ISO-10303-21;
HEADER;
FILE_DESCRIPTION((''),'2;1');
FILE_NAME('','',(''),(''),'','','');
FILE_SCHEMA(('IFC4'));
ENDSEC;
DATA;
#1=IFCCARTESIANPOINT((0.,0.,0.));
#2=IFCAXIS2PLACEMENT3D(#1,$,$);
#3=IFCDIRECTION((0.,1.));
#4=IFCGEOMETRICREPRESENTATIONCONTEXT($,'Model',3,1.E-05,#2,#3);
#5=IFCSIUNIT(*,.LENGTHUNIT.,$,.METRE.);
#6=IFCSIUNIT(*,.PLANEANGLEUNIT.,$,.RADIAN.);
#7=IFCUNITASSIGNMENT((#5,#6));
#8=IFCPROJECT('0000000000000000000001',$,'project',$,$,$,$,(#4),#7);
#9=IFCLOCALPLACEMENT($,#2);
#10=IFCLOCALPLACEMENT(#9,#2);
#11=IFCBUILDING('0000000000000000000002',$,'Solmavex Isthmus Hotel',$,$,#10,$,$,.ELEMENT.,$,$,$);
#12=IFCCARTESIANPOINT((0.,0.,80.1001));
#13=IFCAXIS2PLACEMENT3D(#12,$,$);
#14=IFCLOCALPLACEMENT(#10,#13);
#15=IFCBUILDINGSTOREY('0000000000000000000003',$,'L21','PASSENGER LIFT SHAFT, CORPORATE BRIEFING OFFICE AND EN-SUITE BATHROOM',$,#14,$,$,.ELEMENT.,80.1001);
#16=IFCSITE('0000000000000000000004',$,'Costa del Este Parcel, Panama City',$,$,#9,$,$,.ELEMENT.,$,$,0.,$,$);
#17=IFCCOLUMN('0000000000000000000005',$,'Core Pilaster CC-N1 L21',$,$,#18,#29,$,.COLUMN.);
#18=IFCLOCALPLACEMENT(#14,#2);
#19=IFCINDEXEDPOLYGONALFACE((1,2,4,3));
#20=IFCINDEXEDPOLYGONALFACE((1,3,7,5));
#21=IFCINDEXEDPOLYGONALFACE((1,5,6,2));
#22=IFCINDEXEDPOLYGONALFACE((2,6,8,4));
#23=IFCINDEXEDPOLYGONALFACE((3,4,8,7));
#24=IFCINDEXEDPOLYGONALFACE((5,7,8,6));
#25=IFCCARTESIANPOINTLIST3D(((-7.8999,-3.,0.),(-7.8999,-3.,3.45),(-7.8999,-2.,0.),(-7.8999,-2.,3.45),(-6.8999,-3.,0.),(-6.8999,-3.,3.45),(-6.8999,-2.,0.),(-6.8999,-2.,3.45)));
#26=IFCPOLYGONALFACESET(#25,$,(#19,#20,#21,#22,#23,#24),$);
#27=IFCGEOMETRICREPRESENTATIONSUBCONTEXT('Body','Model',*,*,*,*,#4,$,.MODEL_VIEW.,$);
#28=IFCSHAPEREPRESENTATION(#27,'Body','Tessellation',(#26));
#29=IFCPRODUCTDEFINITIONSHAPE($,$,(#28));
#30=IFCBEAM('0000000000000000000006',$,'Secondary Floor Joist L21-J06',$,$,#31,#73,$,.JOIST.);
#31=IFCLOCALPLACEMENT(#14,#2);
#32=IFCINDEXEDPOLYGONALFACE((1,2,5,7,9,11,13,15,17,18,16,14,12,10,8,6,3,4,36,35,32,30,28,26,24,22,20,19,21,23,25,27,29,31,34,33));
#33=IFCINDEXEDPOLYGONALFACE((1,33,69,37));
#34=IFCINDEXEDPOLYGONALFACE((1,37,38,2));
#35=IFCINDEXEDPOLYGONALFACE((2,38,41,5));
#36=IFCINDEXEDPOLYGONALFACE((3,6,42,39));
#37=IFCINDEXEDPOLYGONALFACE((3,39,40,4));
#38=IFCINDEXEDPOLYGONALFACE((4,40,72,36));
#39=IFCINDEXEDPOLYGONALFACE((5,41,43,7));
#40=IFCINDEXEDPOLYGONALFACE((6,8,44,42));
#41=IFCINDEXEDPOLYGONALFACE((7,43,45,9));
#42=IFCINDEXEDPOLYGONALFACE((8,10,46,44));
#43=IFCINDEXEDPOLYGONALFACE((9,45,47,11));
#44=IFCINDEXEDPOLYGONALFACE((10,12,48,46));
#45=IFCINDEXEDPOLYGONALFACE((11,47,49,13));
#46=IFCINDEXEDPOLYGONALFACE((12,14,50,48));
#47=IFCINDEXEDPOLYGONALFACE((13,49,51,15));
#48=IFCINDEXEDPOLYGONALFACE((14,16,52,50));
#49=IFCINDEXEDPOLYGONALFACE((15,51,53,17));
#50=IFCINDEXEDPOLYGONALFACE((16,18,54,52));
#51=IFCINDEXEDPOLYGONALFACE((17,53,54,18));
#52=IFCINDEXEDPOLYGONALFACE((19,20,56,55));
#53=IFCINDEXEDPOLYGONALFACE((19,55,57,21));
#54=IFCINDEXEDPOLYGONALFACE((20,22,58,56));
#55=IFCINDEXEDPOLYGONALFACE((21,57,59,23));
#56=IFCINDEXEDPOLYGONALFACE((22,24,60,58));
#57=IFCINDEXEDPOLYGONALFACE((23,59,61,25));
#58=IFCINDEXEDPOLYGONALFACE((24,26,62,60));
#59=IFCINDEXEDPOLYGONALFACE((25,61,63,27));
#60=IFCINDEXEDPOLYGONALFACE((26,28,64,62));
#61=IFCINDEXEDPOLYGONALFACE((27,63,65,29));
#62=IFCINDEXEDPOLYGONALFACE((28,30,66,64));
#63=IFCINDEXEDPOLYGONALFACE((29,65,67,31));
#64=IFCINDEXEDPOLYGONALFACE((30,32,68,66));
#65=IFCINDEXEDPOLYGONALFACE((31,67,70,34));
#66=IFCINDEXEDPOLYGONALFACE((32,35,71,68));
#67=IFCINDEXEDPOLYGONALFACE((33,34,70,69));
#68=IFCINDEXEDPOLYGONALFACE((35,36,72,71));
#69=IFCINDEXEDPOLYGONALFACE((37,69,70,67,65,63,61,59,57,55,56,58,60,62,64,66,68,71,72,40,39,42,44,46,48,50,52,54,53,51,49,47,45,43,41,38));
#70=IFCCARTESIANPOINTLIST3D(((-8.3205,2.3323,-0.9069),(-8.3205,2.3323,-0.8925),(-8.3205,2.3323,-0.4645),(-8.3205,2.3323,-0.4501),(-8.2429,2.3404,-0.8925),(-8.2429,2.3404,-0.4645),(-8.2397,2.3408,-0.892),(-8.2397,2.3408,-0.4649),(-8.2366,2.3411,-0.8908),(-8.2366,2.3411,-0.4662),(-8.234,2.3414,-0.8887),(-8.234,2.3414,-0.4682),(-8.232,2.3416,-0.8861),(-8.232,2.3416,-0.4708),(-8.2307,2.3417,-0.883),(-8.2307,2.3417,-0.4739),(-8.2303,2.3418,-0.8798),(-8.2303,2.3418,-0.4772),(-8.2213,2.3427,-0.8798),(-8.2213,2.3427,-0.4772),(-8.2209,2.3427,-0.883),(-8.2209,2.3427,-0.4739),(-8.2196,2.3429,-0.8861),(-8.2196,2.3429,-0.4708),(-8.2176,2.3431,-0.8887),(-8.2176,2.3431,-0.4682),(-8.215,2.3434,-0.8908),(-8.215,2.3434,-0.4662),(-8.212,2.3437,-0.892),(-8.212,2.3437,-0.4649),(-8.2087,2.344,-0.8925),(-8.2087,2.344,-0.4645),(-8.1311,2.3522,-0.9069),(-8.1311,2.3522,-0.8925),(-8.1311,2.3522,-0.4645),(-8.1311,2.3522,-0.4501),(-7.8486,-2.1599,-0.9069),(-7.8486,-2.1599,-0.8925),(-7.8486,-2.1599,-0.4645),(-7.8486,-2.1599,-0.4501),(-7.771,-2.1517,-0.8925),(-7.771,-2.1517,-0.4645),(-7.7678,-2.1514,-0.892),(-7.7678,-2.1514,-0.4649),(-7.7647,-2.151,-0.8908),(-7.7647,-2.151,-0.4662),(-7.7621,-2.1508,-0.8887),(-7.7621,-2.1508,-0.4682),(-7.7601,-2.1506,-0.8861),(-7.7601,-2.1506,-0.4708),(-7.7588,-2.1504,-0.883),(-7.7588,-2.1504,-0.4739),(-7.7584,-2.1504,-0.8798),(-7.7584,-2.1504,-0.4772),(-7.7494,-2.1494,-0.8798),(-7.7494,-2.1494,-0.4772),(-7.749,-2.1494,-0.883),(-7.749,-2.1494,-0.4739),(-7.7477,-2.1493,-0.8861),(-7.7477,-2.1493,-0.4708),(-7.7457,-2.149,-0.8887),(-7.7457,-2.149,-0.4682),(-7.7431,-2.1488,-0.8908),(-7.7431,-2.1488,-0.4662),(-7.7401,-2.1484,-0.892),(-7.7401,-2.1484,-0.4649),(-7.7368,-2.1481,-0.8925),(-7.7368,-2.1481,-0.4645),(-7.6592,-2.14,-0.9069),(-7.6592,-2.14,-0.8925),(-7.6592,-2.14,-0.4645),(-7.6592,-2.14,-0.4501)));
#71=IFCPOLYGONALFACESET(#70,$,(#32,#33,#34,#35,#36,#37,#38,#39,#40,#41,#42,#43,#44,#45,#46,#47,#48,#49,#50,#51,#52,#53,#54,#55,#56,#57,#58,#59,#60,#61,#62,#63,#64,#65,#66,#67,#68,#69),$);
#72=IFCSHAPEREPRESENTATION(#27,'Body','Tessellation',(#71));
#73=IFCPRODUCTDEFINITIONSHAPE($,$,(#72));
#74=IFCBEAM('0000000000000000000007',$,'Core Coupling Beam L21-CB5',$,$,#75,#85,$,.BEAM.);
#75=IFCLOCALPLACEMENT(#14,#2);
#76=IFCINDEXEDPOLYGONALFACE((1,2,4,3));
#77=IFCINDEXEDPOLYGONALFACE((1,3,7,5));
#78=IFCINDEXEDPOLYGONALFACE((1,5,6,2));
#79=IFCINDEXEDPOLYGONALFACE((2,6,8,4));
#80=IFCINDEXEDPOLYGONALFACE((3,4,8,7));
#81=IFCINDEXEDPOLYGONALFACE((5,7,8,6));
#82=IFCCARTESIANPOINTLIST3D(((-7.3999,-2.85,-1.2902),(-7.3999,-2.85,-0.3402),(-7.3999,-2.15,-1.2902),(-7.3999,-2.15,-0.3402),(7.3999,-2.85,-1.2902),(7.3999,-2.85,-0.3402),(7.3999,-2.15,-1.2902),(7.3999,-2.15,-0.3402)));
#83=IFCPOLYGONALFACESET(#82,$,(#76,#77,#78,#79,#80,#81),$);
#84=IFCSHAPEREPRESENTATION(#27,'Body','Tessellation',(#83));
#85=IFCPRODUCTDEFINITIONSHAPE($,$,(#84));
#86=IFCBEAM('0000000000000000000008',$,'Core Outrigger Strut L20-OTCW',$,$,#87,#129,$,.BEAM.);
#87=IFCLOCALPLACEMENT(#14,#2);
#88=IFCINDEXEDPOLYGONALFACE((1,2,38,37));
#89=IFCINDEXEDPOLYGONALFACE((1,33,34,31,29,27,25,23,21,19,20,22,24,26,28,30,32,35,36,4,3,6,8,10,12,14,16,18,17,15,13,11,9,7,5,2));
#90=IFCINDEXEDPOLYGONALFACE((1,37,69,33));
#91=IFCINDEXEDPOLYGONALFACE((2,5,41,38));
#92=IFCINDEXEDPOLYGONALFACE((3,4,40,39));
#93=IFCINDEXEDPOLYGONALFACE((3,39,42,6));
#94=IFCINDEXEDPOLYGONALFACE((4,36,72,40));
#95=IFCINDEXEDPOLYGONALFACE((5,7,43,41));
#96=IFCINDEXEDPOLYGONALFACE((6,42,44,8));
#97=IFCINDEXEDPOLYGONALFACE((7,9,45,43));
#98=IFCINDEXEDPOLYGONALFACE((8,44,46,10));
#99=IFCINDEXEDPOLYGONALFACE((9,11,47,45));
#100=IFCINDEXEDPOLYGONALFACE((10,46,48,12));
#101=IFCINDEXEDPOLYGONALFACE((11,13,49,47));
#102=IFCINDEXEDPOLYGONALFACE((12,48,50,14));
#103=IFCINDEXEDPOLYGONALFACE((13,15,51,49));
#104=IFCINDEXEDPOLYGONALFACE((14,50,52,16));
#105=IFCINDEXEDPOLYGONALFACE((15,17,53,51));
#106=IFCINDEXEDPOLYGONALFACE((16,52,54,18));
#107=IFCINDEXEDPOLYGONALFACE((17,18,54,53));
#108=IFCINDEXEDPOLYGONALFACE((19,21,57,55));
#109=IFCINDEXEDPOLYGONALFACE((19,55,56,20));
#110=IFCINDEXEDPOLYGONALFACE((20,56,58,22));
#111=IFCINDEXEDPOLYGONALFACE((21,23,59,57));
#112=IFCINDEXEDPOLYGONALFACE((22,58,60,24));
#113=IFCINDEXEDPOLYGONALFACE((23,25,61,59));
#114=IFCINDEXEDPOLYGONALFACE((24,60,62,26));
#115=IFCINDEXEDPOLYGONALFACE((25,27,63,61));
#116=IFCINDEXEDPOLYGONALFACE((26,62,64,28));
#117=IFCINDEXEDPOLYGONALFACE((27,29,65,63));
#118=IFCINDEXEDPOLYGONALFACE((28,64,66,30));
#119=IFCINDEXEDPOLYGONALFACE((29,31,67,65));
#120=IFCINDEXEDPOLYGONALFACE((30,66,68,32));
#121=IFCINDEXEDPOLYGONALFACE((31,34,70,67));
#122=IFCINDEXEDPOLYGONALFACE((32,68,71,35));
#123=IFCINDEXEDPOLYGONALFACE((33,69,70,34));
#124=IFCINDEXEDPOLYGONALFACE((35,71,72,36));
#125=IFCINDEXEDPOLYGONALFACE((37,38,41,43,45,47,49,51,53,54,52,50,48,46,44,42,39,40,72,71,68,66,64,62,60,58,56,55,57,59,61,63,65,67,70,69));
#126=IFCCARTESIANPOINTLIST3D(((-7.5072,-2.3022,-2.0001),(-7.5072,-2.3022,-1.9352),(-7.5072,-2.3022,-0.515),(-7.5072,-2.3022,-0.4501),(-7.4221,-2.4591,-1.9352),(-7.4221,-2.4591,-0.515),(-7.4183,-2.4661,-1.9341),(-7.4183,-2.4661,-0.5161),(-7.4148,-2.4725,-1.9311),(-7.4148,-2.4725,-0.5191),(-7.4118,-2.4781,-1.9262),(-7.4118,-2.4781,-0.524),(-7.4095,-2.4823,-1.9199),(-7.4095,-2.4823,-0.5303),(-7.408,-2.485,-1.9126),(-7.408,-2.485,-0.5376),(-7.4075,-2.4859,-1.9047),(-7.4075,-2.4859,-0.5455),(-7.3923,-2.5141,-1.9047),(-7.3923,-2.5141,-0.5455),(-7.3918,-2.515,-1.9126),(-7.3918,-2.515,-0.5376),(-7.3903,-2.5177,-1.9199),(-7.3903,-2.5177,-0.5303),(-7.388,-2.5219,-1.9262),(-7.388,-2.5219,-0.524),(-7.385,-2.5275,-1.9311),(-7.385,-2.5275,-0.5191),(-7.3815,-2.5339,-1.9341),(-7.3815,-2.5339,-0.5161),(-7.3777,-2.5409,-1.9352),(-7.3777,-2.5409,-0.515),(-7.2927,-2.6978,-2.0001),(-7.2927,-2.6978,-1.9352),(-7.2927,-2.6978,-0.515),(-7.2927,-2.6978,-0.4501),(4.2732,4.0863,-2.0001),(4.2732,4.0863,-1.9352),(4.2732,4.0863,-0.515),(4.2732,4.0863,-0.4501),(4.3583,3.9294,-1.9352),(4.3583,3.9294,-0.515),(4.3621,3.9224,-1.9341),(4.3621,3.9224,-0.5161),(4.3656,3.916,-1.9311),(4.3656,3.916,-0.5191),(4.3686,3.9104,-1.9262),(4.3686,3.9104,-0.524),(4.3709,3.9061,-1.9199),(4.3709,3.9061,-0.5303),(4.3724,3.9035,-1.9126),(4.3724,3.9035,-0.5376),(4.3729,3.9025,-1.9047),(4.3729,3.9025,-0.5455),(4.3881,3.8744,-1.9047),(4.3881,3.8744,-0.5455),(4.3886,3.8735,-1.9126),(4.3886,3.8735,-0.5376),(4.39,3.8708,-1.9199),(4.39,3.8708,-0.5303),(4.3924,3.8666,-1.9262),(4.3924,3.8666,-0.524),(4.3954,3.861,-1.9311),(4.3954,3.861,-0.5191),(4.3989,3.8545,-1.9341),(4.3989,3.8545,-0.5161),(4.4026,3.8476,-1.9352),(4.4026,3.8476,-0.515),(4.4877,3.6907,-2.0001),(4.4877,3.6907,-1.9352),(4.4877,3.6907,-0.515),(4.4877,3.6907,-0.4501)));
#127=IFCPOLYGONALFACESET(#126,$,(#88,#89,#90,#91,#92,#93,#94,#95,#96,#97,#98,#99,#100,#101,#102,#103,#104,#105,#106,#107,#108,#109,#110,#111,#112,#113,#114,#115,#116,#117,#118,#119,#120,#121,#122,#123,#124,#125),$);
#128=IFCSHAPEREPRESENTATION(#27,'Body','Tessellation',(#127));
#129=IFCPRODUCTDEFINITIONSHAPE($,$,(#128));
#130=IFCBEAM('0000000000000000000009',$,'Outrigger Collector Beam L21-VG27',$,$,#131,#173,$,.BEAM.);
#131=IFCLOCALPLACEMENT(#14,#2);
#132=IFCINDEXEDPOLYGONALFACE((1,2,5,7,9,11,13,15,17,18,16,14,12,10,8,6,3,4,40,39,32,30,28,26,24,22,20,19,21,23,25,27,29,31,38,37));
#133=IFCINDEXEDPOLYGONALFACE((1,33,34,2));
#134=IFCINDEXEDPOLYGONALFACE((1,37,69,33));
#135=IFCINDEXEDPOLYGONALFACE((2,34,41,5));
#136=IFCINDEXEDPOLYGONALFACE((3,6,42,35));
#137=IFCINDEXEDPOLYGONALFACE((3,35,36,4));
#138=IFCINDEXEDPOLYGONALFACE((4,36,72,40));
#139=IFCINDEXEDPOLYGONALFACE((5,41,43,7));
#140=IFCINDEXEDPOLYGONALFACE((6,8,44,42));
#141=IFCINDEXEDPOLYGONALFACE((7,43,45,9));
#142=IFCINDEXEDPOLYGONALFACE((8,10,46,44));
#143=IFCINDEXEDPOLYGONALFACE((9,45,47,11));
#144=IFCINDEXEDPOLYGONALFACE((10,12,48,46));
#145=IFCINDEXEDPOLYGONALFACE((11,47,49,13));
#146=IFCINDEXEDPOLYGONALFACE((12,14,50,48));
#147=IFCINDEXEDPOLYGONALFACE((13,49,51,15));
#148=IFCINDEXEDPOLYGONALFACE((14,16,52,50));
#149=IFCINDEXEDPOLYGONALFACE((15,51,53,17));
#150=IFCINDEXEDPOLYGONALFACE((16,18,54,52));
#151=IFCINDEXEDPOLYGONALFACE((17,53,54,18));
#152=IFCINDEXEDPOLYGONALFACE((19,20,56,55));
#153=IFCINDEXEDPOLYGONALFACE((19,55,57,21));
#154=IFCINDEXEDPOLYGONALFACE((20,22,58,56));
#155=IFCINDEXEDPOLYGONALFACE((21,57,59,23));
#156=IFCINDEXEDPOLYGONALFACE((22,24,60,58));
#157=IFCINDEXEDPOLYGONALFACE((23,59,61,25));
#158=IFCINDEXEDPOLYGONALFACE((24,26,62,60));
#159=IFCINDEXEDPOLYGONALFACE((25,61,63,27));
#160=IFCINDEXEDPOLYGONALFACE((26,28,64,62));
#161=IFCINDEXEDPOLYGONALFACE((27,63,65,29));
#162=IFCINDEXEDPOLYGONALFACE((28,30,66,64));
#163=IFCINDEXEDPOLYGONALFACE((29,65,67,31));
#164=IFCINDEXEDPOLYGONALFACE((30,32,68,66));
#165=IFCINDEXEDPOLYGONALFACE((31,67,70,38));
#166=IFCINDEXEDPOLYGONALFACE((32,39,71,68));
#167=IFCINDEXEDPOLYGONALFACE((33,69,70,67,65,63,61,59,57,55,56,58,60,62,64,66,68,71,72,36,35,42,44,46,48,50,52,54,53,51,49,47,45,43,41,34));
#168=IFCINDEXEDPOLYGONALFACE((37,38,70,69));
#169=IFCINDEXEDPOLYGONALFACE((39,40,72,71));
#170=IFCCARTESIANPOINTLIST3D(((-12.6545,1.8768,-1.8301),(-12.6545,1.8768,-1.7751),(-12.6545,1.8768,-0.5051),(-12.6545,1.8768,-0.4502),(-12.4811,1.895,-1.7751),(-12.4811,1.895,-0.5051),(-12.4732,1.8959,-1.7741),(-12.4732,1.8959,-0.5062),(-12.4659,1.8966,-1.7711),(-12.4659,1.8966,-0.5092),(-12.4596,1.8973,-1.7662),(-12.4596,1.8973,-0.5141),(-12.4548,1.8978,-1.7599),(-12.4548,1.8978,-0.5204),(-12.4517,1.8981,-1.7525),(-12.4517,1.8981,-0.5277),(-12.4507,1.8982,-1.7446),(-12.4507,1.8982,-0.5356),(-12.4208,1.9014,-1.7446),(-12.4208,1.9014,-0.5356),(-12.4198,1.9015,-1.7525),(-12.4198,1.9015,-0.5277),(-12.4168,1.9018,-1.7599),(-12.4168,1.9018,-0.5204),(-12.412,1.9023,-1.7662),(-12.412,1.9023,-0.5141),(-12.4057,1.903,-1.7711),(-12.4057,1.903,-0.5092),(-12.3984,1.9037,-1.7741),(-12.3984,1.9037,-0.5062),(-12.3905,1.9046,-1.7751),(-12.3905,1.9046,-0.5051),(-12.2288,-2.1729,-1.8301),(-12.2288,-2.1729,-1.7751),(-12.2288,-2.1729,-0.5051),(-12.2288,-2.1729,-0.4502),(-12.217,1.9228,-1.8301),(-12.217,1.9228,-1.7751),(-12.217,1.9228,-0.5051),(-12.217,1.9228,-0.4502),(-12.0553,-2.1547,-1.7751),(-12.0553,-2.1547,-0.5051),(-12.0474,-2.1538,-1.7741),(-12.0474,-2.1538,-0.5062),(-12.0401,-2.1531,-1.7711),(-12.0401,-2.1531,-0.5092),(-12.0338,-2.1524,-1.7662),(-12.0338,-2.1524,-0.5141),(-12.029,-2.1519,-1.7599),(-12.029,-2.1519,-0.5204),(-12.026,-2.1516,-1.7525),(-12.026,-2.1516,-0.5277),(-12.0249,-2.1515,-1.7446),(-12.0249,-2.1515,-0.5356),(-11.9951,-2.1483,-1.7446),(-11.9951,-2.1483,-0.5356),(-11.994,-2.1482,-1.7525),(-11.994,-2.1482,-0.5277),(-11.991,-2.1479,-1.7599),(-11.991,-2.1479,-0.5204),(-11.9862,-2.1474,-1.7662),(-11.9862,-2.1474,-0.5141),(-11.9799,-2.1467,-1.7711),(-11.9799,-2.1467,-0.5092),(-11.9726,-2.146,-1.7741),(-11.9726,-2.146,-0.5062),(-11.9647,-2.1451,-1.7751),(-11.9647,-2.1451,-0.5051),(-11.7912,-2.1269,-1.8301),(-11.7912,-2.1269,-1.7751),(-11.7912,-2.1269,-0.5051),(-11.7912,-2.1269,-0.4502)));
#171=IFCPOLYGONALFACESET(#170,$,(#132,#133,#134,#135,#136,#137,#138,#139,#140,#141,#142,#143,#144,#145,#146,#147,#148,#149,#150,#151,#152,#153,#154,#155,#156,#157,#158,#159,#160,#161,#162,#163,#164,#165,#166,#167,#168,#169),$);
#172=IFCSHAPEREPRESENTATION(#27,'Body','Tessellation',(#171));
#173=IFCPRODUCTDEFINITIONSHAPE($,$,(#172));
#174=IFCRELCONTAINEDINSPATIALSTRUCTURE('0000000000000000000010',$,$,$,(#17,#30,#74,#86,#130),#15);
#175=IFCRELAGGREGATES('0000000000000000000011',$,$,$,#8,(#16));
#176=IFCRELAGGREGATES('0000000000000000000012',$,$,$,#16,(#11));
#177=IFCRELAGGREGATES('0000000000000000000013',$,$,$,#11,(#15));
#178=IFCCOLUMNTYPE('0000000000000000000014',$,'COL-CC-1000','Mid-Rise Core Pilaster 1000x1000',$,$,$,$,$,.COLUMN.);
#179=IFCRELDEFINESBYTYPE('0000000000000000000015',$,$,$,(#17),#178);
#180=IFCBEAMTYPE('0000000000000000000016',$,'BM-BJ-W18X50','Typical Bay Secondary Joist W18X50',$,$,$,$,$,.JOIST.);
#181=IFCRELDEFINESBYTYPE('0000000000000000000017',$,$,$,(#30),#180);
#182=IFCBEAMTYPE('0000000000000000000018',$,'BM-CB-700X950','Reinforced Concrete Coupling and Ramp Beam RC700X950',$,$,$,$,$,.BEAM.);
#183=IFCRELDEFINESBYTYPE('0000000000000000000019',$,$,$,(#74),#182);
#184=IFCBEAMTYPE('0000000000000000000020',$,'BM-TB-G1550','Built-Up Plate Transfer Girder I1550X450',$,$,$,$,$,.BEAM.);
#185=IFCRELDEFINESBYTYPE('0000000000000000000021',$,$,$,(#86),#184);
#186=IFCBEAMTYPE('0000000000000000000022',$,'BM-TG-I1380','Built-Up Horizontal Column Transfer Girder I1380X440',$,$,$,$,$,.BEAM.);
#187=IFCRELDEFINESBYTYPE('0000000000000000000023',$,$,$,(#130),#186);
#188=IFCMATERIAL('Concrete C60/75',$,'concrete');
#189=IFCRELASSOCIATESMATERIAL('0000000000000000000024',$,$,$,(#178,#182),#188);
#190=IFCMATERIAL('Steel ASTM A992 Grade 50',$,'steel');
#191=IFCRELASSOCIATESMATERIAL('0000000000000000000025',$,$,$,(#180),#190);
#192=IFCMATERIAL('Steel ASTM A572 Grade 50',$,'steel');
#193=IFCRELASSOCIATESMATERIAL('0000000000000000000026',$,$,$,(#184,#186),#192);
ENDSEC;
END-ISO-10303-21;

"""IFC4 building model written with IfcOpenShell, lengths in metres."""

from ifc_helpers import new_model, si_unit, direction, frame, origin, origin_2d, place, context, subcontext, project, spatial, rectangle, i_section, extrude, material, material_profile, profile_set, type_object, element, save


model = new_model("IFC4")

# Units and contexts
model_context = context("Model", 3, precision=1e-05, world=origin(), true_north=direction((0.0, 1.0)))
body_context = subcontext(model_context, "Body", "Model", "MODEL_VIEW")
ifc_project = project(units=[si_unit("LENGTHUNIT", "METRE"), si_unit("PLANEANGLEUNIT", "RADIAN")], contexts=[model_context])

# Site, building, storey
site_placement = place(None, origin())
site = spatial("IfcSite", under=ifc_project, at=site_placement, Name="Costa del Este Parcel, Panama City", CompositionType="ELEMENT", RefElevation=0.0)
building_placement = place(site_placement, origin())
building = spatial("IfcBuilding", under=site, at=building_placement, Name="Solmavex Isthmus Hotel", CompositionType="ELEMENT")
storey_placement = place(building_placement, frame((0.0, 0.0, 80.1001)))
storey = spatial("IfcBuildingStorey", under=building, at=storey_placement, Name="L21", Description="PASSENGER LIFT SHAFT, CORPORATE BRIEFING OFFICE AND EN-SUITE BATHROOM", CompositionType="ELEMENT", Elevation=80.1001)

# Column
ifc_material_1 = material(Name="Concrete C60/75", Category="concrete")
ifc_material_profile_1 = material_profile(ifc_material_1, rectangle(XDim=1.0, YDim=1.0, at=origin_2d()), Name="RC1000X1000")
ifc_profile_set_1 = profile_set([ifc_material_profile_1], Name="Concrete C60/75")
column_type = type_object("IfcColumnType", Name="COL-CC-1000", Description="Mid-Rise Core Pilaster 1000x1000", PredefinedType="COLUMN", material=ifc_profile_set_1)
column_placement = place(storey_placement, frame((-7.3999, -2.5, 0.0), z_axis=(0.0, 0.0, 1.0), x_axis=(1.0, 0.0, 0.0)))
element("IfcColumn", 1, at=column_placement, inside=storey, type_object=column_type, Name="Core Pilaster CC-N1 L21", PredefinedType="COLUMN", context=body_context, shape_type="SweptSolid", body=[
    extrude(rectangle(XDim=1.0, YDim=1.0, at=origin_2d()), origin(), (0.0, 0.0, 1.0), 3.45),
])

# Beams
ifc_material_2 = material(Name="Steel ASTM A992 Grade 50", Category="steel")
ifc_material_profile_2 = material_profile(ifc_material_2, i_section(OverallWidth=0.1904, OverallDepth=0.4568, WebThickness=0.009, FlangeThickness=0.0144, FilletRadius=0.0127, at=origin_2d()), Name="W18X50")
ifc_profile_set_2 = profile_set([ifc_material_profile_2], Name="Steel ASTM A992 Grade 50")
beam_type_1 = type_object("IfcBeamType", Name="BM-BJ-W18X50", Description="Typical Bay Secondary Joist W18X50", PredefinedType="JOIST", material=ifc_profile_set_2)
beam_1_placement = place(storey_placement, frame((-7.7539, -2.1499, -0.6785), z_axis=(-0.104479, 0.994527, 0.0), x_axis=(-0.994527, -0.104479, 0.0)))
element("IfcBeam", 2, at=beam_1_placement, inside=storey, type_object=beam_type_1, Name="Secondary Floor Joist L21-J06", PredefinedType="JOIST", context=body_context, shape_type="SweptSolid", body=[
    extrude(i_section(OverallWidth=0.1904, OverallDepth=0.4568, WebThickness=0.009, FlangeThickness=0.0144, FilletRadius=0.0127, at=origin_2d()), origin(), (0.0, 0.0, 1.0), 4.5168),
])
ifc_material_profile_3 = material_profile(ifc_material_1, rectangle(XDim=0.7, YDim=0.95, at=origin_2d()), Name="RC700X950")
ifc_profile_set_3 = profile_set([ifc_material_profile_3], Name="Concrete C60/75")
beam_type_2 = type_object("IfcBeamType", Name="BM-CB-700X950", Description="Reinforced Concrete Coupling and Ramp Beam RC700X950", PredefinedType="BEAM", material=ifc_profile_set_3)
beam_2_placement = place(storey_placement, frame((-7.3999, -2.5, -0.8152), z_axis=(1.0, 0.0, 0.0), x_axis=(0.0, 1.0, 0.0)))
element("IfcBeam", 3, at=beam_2_placement, inside=storey, type_object=beam_type_2, Name="Core Coupling Beam L21-CB5", PredefinedType="BEAM", context=body_context, shape_type="SweptSolid", body=[
    extrude(rectangle(XDim=0.7, YDim=0.95, at=origin_2d()), origin(), (0.0, 0.0, 1.0), 14.7998),
])
ifc_material_3 = material(Name="Steel ASTM A572 Grade 50", Category="steel")
ifc_material_profile_4 = material_profile(ifc_material_3, i_section(OverallWidth=0.45, OverallDepth=1.55, WebThickness=0.032, FlangeThickness=0.0649, FilletRadius=0.0305, at=origin_2d()), Name="I1550X450")
ifc_profile_set_4 = profile_set([ifc_material_profile_4], Name="Steel ASTM A572 Grade 50")
beam_type_3 = type_object("IfcBeamType", Name="BM-TB-G1550", Description="Built-Up Plate Transfer Girder I1550X450", PredefinedType="BEAM", material=ifc_profile_set_4)
beam_3_placement = place(storey_placement, frame((-7.3999, -2.5, -1.2251), z_axis=(0.879059, 0.476713, 0.0), x_axis=(-0.476713, 0.879059, 0.0)))
element("IfcBeam", 4, at=beam_3_placement, inside=storey, type_object=beam_type_3, Name="Core Outrigger Strut L20-OTCW", PredefinedType="BEAM", context=body_context, shape_type="SweptSolid", body=[
    extrude(i_section(OverallWidth=0.45, OverallDepth=1.55, WebThickness=0.032, FlangeThickness=0.0649, FilletRadius=0.0305, at=origin_2d()), origin(), (0.0, 0.0, 1.0), 13.4011),
])
ifc_material_profile_5 = material_profile(ifc_material_3, i_section(OverallWidth=0.4399, OverallDepth=1.3799, WebThickness=0.03, FlangeThickness=0.0549, FilletRadius=0.0305, at=origin_2d()), Name="I1380X440")
ifc_profile_set_5 = profile_set([ifc_material_profile_5], Name="Steel ASTM A572 Grade 50")
beam_type_4 = type_object("IfcBeamType", Name="BM-TG-I1380", Description="Built-Up Horizontal Column Transfer Girder I1380X440", PredefinedType="BEAM", material=ifc_profile_set_5)
beam_4_placement = place(storey_placement, frame((-12.01, -2.1499, -1.1401), z_axis=(-0.10456, 0.994519, 0.0), x_axis=(-0.994519, -0.10456, 0.0)))
element("IfcBeam", 5, at=beam_4_placement, inside=storey, type_object=beam_type_4, Name="Outrigger Collector Beam L21-VG27", PredefinedType="BEAM", context=body_context, shape_type="SweptSolid", body=[
    extrude(i_section(OverallWidth=0.4399, OverallDepth=1.3799, WebThickness=0.03, FlangeThickness=0.0549, FilletRadius=0.0305, at=origin_2d()), origin(), (0.0, 0.0, 1.0), 4.072),
])

save(model, "model.ifc")
